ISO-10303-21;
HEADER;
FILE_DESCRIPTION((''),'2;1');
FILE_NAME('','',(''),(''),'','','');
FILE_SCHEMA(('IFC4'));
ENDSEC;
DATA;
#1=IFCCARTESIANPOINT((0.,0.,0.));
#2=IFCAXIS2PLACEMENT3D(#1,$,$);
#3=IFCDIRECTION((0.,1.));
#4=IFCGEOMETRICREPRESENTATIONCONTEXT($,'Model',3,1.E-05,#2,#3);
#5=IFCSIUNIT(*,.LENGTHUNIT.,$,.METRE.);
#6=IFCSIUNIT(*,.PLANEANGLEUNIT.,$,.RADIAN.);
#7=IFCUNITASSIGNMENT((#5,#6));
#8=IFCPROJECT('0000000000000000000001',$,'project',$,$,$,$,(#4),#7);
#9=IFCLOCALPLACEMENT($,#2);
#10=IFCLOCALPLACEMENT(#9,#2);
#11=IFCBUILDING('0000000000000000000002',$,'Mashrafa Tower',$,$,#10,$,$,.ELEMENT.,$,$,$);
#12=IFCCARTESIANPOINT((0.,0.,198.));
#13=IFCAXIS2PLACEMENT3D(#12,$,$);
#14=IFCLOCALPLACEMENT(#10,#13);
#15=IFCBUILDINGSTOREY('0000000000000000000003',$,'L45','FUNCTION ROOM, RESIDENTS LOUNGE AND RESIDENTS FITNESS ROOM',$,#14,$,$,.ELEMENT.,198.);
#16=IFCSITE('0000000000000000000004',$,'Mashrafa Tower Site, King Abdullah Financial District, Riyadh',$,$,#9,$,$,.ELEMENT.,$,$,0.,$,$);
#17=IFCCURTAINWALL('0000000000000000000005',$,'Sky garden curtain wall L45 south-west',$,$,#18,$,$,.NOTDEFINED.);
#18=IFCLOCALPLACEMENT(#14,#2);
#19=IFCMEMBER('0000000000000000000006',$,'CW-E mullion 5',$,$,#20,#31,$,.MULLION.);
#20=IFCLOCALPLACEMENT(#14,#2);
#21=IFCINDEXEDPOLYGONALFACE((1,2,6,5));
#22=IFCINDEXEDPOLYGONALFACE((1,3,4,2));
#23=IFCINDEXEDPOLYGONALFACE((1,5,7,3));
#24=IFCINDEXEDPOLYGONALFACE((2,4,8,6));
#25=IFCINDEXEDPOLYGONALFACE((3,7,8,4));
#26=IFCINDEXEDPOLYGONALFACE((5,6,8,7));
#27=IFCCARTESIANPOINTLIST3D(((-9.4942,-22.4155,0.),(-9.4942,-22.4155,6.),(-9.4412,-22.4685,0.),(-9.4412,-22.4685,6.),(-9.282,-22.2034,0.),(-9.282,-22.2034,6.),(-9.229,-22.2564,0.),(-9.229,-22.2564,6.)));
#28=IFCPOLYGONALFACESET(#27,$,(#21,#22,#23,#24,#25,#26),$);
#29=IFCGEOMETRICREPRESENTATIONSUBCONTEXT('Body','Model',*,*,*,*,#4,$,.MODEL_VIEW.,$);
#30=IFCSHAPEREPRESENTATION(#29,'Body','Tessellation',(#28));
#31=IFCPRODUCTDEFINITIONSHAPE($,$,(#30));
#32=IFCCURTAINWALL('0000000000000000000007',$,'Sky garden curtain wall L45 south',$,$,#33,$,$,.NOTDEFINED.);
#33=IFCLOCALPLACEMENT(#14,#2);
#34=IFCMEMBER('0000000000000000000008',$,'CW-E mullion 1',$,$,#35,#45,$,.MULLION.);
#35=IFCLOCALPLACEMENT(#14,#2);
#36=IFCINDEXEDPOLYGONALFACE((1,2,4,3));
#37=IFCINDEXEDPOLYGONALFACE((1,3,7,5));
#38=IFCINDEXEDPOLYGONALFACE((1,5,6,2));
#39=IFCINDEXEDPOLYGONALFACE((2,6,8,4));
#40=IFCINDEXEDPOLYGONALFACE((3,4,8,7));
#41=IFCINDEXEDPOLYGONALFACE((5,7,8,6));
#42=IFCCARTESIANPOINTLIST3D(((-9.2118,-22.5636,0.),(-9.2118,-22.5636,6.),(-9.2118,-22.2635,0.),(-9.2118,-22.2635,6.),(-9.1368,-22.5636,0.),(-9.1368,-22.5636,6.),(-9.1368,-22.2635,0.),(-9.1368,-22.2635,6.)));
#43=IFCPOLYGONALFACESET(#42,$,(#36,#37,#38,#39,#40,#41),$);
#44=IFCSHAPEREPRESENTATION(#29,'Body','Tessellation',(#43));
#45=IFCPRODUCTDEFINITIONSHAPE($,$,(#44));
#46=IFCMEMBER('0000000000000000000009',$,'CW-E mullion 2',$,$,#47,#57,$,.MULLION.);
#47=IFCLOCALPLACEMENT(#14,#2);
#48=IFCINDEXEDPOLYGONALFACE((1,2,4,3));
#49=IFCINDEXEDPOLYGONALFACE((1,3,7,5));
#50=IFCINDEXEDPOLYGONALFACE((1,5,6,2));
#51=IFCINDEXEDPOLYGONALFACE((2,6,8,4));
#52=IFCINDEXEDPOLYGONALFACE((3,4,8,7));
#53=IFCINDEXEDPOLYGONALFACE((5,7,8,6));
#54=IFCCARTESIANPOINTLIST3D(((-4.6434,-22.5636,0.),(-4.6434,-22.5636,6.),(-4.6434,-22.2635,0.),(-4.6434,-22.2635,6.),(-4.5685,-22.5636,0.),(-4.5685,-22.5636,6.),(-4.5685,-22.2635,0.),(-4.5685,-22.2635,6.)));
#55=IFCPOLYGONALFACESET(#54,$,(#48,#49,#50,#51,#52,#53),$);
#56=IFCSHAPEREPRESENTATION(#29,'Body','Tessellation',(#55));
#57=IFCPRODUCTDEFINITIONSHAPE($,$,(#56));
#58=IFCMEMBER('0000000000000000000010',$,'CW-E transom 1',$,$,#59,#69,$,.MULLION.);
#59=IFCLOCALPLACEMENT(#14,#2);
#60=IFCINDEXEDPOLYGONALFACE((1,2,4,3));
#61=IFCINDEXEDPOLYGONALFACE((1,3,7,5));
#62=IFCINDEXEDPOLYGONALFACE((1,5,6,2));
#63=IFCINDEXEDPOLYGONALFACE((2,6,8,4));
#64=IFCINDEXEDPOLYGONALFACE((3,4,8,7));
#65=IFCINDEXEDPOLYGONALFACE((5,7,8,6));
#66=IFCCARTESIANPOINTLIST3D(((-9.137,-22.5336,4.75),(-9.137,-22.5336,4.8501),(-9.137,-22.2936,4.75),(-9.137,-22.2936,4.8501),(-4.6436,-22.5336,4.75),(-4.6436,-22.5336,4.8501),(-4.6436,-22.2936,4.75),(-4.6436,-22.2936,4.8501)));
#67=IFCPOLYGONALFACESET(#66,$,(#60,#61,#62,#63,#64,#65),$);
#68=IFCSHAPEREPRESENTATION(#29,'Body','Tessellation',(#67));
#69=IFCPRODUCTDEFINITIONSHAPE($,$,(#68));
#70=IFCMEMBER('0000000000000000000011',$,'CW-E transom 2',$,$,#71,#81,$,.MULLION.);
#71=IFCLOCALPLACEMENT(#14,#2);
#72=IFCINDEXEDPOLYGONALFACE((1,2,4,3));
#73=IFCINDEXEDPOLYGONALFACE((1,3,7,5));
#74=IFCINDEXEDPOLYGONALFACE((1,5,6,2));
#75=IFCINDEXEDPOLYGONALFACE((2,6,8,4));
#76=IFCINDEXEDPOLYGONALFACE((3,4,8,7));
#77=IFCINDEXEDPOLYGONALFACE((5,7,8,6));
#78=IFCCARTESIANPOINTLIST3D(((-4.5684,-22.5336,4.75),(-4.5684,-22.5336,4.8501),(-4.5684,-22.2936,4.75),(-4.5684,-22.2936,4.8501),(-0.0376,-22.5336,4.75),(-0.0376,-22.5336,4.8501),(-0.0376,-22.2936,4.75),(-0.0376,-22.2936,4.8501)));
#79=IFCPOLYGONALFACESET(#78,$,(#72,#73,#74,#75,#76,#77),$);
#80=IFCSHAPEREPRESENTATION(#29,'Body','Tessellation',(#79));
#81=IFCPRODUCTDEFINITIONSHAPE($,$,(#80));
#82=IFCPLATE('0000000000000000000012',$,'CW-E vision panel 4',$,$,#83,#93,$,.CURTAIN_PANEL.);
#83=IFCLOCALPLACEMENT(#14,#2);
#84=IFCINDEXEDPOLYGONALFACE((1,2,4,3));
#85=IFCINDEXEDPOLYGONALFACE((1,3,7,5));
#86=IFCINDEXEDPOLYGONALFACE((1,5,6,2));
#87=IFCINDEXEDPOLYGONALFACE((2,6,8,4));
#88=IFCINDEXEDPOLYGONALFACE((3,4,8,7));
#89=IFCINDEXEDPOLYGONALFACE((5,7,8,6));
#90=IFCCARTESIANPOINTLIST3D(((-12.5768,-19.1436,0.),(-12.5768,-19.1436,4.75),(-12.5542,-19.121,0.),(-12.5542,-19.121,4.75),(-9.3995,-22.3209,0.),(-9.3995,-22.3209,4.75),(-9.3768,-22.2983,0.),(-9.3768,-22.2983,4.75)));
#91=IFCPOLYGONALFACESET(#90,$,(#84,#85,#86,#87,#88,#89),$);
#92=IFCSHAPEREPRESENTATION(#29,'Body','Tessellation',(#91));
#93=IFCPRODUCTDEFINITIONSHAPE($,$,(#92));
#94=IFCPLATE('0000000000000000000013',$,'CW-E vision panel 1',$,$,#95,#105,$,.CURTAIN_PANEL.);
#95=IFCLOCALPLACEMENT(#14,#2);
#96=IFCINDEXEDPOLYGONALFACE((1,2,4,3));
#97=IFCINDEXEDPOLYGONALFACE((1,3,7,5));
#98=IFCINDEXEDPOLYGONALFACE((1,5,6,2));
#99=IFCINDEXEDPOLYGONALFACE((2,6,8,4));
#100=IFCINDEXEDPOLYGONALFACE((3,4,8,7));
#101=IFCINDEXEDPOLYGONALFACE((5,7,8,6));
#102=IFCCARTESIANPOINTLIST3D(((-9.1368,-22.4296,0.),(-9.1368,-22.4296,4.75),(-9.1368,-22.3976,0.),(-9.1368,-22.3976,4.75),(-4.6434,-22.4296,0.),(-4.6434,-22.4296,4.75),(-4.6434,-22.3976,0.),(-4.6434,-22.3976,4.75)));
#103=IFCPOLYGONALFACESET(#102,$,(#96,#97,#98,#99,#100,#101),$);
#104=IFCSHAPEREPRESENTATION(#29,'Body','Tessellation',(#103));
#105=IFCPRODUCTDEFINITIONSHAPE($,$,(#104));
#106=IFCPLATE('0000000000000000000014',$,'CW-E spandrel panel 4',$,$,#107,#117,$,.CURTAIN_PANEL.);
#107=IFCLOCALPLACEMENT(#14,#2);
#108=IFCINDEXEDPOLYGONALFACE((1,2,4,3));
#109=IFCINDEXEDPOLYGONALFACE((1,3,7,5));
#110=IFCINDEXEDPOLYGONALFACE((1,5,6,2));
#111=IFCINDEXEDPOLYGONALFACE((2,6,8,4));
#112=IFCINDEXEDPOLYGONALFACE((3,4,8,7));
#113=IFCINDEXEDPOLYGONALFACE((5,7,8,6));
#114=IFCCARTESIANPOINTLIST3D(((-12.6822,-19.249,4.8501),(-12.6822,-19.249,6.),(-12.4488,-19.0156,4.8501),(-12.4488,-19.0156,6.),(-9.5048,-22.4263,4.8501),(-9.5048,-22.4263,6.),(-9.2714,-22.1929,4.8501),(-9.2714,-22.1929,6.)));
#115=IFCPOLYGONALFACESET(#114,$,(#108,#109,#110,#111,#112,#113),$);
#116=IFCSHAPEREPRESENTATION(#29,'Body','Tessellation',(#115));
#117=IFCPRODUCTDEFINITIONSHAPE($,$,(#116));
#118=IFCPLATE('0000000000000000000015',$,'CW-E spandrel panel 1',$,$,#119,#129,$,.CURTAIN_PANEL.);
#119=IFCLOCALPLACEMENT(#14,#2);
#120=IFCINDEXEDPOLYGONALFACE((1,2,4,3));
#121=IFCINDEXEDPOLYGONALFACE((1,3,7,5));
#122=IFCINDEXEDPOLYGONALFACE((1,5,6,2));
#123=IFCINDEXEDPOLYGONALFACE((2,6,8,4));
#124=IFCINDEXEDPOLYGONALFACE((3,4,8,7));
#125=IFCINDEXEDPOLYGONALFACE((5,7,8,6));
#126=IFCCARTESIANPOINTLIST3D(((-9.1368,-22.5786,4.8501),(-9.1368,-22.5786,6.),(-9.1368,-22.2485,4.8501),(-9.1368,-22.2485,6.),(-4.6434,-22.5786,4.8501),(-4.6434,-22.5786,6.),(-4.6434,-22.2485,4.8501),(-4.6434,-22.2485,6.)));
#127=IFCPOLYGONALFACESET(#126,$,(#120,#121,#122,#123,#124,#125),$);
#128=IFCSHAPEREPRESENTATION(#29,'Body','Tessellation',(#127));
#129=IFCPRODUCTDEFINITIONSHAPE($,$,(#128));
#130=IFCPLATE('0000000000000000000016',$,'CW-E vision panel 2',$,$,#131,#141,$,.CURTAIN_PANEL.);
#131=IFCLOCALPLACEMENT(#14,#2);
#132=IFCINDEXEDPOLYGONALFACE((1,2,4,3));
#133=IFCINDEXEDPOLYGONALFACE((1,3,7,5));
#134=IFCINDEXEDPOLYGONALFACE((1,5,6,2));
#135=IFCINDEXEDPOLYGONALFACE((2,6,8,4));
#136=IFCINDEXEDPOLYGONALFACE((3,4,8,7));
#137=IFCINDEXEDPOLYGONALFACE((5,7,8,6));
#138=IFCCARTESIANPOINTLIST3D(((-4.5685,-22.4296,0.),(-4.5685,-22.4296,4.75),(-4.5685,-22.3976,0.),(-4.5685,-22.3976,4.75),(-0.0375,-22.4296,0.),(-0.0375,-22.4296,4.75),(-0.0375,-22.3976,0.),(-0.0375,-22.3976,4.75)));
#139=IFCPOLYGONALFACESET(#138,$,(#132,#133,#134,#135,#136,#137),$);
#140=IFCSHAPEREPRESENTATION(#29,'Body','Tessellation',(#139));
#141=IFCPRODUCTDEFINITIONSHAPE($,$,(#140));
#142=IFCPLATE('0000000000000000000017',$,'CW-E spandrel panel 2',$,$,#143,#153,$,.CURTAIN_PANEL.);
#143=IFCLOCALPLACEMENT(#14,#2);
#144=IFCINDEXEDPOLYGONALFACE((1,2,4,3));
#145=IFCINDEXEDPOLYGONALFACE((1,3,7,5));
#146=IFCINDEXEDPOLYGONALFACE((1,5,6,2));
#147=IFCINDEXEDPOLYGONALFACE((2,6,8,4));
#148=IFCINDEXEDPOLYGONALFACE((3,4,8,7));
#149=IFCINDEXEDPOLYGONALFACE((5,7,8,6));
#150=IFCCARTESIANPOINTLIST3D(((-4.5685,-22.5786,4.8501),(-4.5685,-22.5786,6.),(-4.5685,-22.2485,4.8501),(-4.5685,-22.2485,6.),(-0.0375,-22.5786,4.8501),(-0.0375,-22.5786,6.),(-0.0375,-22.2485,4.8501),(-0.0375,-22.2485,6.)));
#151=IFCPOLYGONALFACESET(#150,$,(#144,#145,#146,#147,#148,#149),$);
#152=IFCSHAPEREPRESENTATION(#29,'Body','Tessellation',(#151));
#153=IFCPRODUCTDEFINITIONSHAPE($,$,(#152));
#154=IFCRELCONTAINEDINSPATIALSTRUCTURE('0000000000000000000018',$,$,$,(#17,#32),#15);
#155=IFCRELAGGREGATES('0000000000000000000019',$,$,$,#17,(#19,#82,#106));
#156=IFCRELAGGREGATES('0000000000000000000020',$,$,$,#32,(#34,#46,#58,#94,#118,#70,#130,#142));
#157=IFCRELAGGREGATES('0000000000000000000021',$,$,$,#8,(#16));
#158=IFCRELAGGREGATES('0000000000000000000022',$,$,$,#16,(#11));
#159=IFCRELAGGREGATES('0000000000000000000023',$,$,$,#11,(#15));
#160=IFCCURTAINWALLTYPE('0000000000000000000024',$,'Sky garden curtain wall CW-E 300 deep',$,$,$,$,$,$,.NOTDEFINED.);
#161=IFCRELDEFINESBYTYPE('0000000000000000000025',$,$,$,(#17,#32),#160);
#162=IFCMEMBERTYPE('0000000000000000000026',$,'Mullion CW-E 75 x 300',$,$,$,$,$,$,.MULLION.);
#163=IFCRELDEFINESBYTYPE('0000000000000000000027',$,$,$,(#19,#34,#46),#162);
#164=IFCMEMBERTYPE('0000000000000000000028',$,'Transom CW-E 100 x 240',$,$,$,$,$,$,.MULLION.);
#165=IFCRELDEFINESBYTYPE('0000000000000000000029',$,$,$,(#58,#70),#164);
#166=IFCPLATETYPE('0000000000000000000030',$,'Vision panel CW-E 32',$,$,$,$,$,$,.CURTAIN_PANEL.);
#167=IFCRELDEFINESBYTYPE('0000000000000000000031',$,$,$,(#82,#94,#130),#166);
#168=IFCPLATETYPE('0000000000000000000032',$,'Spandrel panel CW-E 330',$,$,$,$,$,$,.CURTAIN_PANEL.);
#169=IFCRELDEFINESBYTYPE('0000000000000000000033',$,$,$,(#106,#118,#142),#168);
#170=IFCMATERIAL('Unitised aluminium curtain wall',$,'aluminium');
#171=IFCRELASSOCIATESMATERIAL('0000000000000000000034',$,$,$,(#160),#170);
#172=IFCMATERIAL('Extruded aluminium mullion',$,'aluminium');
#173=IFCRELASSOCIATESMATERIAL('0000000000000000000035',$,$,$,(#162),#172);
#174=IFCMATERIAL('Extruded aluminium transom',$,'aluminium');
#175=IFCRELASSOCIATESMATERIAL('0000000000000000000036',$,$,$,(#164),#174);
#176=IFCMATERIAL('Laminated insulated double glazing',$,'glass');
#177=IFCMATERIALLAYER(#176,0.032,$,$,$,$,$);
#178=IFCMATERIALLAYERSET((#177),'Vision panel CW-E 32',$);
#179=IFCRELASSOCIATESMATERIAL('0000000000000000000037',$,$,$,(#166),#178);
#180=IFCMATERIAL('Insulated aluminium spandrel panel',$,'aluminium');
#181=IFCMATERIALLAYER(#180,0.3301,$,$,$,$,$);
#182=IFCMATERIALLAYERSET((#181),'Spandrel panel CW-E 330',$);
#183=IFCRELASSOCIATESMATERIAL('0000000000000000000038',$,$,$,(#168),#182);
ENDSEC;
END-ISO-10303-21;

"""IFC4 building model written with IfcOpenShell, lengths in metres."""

from ifc_helpers import new_model, si_unit, direction, frame, origin, origin_2d, place, context, subcontext, project, spatial, rectangle, extrude, source, transform, mapped, material, layer, layer_set, material_profile, profile_set, type_object, type_shapes, element, aggregate, save


model = new_model("IFC4")

# Units and contexts
model_context = context("Model", 3, precision=1e-05, world=origin(), true_north=direction((0.0, 1.0)))
body_context = subcontext(model_context, "Body", "Model", "MODEL_VIEW")
ifc_project = project(units=[si_unit("LENGTHUNIT", "METRE"), si_unit("PLANEANGLEUNIT", "RADIAN")], contexts=[model_context])

# Site, building, storey
site_placement = place(None, origin())
site = spatial("IfcSite", under=ifc_project, at=site_placement, Name="Mashrafa Tower Site, King Abdullah Financial District, Riyadh", CompositionType="ELEMENT", RefElevation=0.0)
building_placement = place(site_placement, origin())
building = spatial("IfcBuilding", under=site, at=building_placement, Name="Mashrafa Tower", CompositionType="ELEMENT")
storey_placement = place(building_placement, frame((0.0, 0.0, 198.0)))
storey = spatial("IfcBuildingStorey", under=building, at=storey_placement, Name="L45", Description="FUNCTION ROOM, RESIDENTS LOUNGE AND RESIDENTS FITNESS ROOM", CompositionType="ELEMENT", Elevation=198.0)

# Curtain wall, member
ifc_material_1 = material(Name="Unitised aluminium curtain wall", Category="aluminium")
curtain_wall_type = type_object("IfcCurtainWallType", Name="Sky garden curtain wall CW-E 300 deep", PredefinedType="NOTDEFINED", material=ifc_material_1)
curtain_wall_1_placement = place(storey_placement, origin())
curtain_wall_1 = element("IfcCurtainWall", 1, at=curtain_wall_1_placement, inside=storey, type_object=curtain_wall_type, Name="Sky garden curtain wall L45 south-west", PredefinedType="NOTDEFINED")
ifc_material_2 = material(Name="Extruded aluminium mullion", Category="aluminium")
ifc_material_profile_1 = material_profile(ifc_material_2, rectangle(XDim=0.3, YDim=0.075, at=origin_2d()), Name="Mullion 75x300")
ifc_profile_set_1 = profile_set([ifc_material_profile_1], Name="Extruded aluminium mullion")
member_type_1 = type_object("IfcMemberType", Name="Mullion CW-E 75 x 300", PredefinedType="MULLION", material=ifc_profile_set_1)
shared_shape_1 = source(origin(), body_context, "Body", "SweptSolid", [
    extrude(rectangle(XDim=0.3, YDim=0.075, at=origin_2d()), origin(), (0.0, 0.0, 1.0), 6.0),
])
type_shapes(member_type_1, [shared_shape_1])
member_1_placement = place(storey_placement, frame((-9.3616, -22.3359, 0.0), z_axis=(0.0, 0.0, 1.0), x_axis=(0.707107, 0.707107, 0.0)))
member_1 = element("IfcMember", 2, at=member_1_placement, type_object=member_type_1, Name="CW-E mullion 5", PredefinedType="MULLION", context=body_context, shape_type="MappedRepresentation", body=[
    mapped(shared_shape_1, transform((0.0, 0.0, 0.0))),
])

# Curtain wall, members
curtain_wall_2_placement = place(storey_placement, origin())
curtain_wall_2 = element("IfcCurtainWall", 3, at=curtain_wall_2_placement, inside=storey, type_object=curtain_wall_type, Name="Sky garden curtain wall L45 south", PredefinedType="NOTDEFINED")
member_2_placement = place(storey_placement, frame((-9.1743, -22.4136, 0.0), z_axis=(0.0, 0.0, 1.0), x_axis=(0.0, 1.0, 0.0)))
member_2 = element("IfcMember", 4, at=member_2_placement, type_object=member_type_1, Name="CW-E mullion 1", PredefinedType="MULLION", context=body_context, shape_type="MappedRepresentation", body=[
    mapped(shared_shape_1, transform((0.0, 0.0, 0.0))),
])
member_3_placement = place(storey_placement, frame((-4.606, -22.4136, 0.0), z_axis=(0.0, 0.0, 1.0), x_axis=(0.0, 1.0, 0.0)))
member_3 = element("IfcMember", 5, at=member_3_placement, type_object=member_type_1, Name="CW-E mullion 2", PredefinedType="MULLION", context=body_context, shape_type="MappedRepresentation", body=[
    mapped(shared_shape_1, transform((0.0, 0.0, 0.0))),
])
ifc_material_3 = material(Name="Extruded aluminium transom", Category="aluminium")
ifc_material_profile_2 = material_profile(ifc_material_3, rectangle(XDim=0.24, YDim=0.1001, at=origin_2d()), Name="Transom 100x240")
ifc_profile_set_2 = profile_set([ifc_material_profile_2], Name="Extruded aluminium transom")
member_type_2 = type_object("IfcMemberType", Name="Transom CW-E 100 x 240", PredefinedType="MULLION", material=ifc_profile_set_2)
shared_shape_2 = source(origin(), body_context, "Body", "SweptSolid", [
    extrude(rectangle(XDim=0.24, YDim=0.1001, at=origin_2d()), origin(), (0.0, 0.0, 1.0), 4.4934),
])
member_4_placement = place(storey_placement, frame((-9.137, -22.4136, 4.8), z_axis=(1.0, 0.0, 0.0), x_axis=(0.0, 1.0, 0.0)))
member_4 = element("IfcMember", 6, at=member_4_placement, type_object=member_type_2, Name="CW-E transom 1", PredefinedType="MULLION", context=body_context, shape_type="MappedRepresentation", body=[
    mapped(shared_shape_2, transform((0.0, 0.0, 0.0))),
])
shared_shape_3 = source(origin(), body_context, "Body", "SweptSolid", [
    extrude(rectangle(XDim=0.24, YDim=0.1001, at=origin_2d()), origin(), (0.0, 0.0, 1.0), 4.5308),
])
type_shapes(member_type_2, [shared_shape_2, shared_shape_3])
member_5_placement = place(storey_placement, frame((-4.5684, -22.4136, 4.8), z_axis=(1.0, 0.0, 0.0), x_axis=(0.0, 1.0, 0.0)))
member_5 = element("IfcMember", 7, at=member_5_placement, type_object=member_type_2, Name="CW-E transom 2", PredefinedType="MULLION", context=body_context, shape_type="MappedRepresentation", body=[
    mapped(shared_shape_3, transform((0.0, 0.0, 0.0))),
])

# Plates
ifc_material_4 = material(Name="Laminated insulated double glazing", Category="glass")
ifc_layer_1 = layer(ifc_material_4, 0.032)
ifc_layer_set_1 = layer_set([ifc_layer_1], Name="Vision panel CW-E 32")
plate_type_1 = type_object("IfcPlateType", Name="Vision panel CW-E 32", PredefinedType="CURTAIN_PANEL", material=ifc_layer_set_1)
shared_shape_4 = source(origin(), body_context, "Body", "SweptSolid", [
    extrude(rectangle(XDim=4.4934, YDim=0.032, at=origin_2d()), origin(), (0.0, 0.0, 1.0), 4.75),
])
plate_1_placement = place(storey_placement, frame((-10.9768, -20.7209, 0.0), z_axis=(0.0, 0.0, 1.0), x_axis=(0.707107, -0.707107, 0.0)))
plate_1 = element("IfcPlate", 8, at=plate_1_placement, type_object=plate_type_1, Name="CW-E vision panel 4", PredefinedType="CURTAIN_PANEL", context=body_context, shape_type="MappedRepresentation", body=[
    mapped(shared_shape_4, transform((0.0, 0.0, 0.0))),
])
plate_2_placement = place(storey_placement, frame((-6.8901, -22.4136, 0.0), z_axis=(0.0, 0.0, 1.0), x_axis=(1.0, 0.0, 0.0)))
plate_2 = element("IfcPlate", 9, at=plate_2_placement, type_object=plate_type_1, Name="CW-E vision panel 1", PredefinedType="CURTAIN_PANEL", context=body_context, shape_type="MappedRepresentation", body=[
    mapped(shared_shape_4, transform((0.0, 0.0, 0.0))),
])
ifc_material_5 = material(Name="Insulated aluminium spandrel panel", Category="aluminium")
ifc_layer_2 = layer(ifc_material_5, 0.3301)
ifc_layer_set_2 = layer_set([ifc_layer_2], Name="Spandrel panel CW-E 330")
plate_type_2 = type_object("IfcPlateType", Name="Spandrel panel CW-E 330", PredefinedType="CURTAIN_PANEL", material=ifc_layer_set_2)
shared_shape_5 = source(origin(), body_context, "Body", "SweptSolid", [
    extrude(rectangle(XDim=4.4934, YDim=0.3301, at=origin_2d()), origin(), (0.0, 0.0, 1.0), 1.1499),
])
plate_3_placement = place(storey_placement, frame((-10.9768, -20.7209, 4.8501), z_axis=(0.0, 0.0, 1.0), x_axis=(0.707107, -0.707107, 0.0)))
plate_3 = element("IfcPlate", 10, at=plate_3_placement, type_object=plate_type_2, Name="CW-E spandrel panel 4", PredefinedType="CURTAIN_PANEL", context=body_context, shape_type="MappedRepresentation", body=[
    mapped(shared_shape_5, transform((0.0, 0.0, 0.0))),
])
aggregate(curtain_wall_1, [member_1, plate_1, plate_3])
plate_4_placement = place(storey_placement, frame((-6.8901, -22.4136, 4.8501), z_axis=(0.0, 0.0, 1.0), x_axis=(1.0, 0.0, 0.0)))
plate_4 = element("IfcPlate", 11, at=plate_4_placement, type_object=plate_type_2, Name="CW-E spandrel panel 1", PredefinedType="CURTAIN_PANEL", context=body_context, shape_type="MappedRepresentation", body=[
    mapped(shared_shape_5, transform((0.0, 0.0, 0.0))),
])
shared_shape_6 = source(origin(), body_context, "Body", "SweptSolid", [
    extrude(rectangle(XDim=4.531, YDim=0.032, at=origin_2d()), origin(), (0.0, 0.0, 1.0), 4.75),
])
type_shapes(plate_type_1, [shared_shape_4, shared_shape_6])
plate_5_placement = place(storey_placement, frame((-2.303, -22.4136, 0.0), z_axis=(0.0, 0.0, 1.0), x_axis=(1.0, 0.0, 0.0)))
plate_5 = element("IfcPlate", 12, at=plate_5_placement, type_object=plate_type_1, Name="CW-E vision panel 2", PredefinedType="CURTAIN_PANEL", context=body_context, shape_type="MappedRepresentation", body=[
    mapped(shared_shape_6, transform((0.0, 0.0, 0.0))),
])
shared_shape_7 = source(origin(), body_context, "Body", "SweptSolid", [
    extrude(rectangle(XDim=4.531, YDim=0.3301, at=origin_2d()), origin(), (0.0, 0.0, 1.0), 1.1499),
])
type_shapes(plate_type_2, [shared_shape_5, shared_shape_7])
plate_6_placement = place(storey_placement, frame((-2.303, -22.4136, 4.8501), z_axis=(0.0, 0.0, 1.0), x_axis=(1.0, 0.0, 0.0)))
plate_6 = element("IfcPlate", 13, at=plate_6_placement, type_object=plate_type_2, Name="CW-E spandrel panel 2", PredefinedType="CURTAIN_PANEL", context=body_context, shape_type="MappedRepresentation", body=[
    mapped(shared_shape_7, transform((0.0, 0.0, 0.0))),
])
aggregate(curtain_wall_2, [member_2, member_3, member_4, plate_2, plate_4, member_5, plate_5, plate_6])

save(model, "model.ifc")
